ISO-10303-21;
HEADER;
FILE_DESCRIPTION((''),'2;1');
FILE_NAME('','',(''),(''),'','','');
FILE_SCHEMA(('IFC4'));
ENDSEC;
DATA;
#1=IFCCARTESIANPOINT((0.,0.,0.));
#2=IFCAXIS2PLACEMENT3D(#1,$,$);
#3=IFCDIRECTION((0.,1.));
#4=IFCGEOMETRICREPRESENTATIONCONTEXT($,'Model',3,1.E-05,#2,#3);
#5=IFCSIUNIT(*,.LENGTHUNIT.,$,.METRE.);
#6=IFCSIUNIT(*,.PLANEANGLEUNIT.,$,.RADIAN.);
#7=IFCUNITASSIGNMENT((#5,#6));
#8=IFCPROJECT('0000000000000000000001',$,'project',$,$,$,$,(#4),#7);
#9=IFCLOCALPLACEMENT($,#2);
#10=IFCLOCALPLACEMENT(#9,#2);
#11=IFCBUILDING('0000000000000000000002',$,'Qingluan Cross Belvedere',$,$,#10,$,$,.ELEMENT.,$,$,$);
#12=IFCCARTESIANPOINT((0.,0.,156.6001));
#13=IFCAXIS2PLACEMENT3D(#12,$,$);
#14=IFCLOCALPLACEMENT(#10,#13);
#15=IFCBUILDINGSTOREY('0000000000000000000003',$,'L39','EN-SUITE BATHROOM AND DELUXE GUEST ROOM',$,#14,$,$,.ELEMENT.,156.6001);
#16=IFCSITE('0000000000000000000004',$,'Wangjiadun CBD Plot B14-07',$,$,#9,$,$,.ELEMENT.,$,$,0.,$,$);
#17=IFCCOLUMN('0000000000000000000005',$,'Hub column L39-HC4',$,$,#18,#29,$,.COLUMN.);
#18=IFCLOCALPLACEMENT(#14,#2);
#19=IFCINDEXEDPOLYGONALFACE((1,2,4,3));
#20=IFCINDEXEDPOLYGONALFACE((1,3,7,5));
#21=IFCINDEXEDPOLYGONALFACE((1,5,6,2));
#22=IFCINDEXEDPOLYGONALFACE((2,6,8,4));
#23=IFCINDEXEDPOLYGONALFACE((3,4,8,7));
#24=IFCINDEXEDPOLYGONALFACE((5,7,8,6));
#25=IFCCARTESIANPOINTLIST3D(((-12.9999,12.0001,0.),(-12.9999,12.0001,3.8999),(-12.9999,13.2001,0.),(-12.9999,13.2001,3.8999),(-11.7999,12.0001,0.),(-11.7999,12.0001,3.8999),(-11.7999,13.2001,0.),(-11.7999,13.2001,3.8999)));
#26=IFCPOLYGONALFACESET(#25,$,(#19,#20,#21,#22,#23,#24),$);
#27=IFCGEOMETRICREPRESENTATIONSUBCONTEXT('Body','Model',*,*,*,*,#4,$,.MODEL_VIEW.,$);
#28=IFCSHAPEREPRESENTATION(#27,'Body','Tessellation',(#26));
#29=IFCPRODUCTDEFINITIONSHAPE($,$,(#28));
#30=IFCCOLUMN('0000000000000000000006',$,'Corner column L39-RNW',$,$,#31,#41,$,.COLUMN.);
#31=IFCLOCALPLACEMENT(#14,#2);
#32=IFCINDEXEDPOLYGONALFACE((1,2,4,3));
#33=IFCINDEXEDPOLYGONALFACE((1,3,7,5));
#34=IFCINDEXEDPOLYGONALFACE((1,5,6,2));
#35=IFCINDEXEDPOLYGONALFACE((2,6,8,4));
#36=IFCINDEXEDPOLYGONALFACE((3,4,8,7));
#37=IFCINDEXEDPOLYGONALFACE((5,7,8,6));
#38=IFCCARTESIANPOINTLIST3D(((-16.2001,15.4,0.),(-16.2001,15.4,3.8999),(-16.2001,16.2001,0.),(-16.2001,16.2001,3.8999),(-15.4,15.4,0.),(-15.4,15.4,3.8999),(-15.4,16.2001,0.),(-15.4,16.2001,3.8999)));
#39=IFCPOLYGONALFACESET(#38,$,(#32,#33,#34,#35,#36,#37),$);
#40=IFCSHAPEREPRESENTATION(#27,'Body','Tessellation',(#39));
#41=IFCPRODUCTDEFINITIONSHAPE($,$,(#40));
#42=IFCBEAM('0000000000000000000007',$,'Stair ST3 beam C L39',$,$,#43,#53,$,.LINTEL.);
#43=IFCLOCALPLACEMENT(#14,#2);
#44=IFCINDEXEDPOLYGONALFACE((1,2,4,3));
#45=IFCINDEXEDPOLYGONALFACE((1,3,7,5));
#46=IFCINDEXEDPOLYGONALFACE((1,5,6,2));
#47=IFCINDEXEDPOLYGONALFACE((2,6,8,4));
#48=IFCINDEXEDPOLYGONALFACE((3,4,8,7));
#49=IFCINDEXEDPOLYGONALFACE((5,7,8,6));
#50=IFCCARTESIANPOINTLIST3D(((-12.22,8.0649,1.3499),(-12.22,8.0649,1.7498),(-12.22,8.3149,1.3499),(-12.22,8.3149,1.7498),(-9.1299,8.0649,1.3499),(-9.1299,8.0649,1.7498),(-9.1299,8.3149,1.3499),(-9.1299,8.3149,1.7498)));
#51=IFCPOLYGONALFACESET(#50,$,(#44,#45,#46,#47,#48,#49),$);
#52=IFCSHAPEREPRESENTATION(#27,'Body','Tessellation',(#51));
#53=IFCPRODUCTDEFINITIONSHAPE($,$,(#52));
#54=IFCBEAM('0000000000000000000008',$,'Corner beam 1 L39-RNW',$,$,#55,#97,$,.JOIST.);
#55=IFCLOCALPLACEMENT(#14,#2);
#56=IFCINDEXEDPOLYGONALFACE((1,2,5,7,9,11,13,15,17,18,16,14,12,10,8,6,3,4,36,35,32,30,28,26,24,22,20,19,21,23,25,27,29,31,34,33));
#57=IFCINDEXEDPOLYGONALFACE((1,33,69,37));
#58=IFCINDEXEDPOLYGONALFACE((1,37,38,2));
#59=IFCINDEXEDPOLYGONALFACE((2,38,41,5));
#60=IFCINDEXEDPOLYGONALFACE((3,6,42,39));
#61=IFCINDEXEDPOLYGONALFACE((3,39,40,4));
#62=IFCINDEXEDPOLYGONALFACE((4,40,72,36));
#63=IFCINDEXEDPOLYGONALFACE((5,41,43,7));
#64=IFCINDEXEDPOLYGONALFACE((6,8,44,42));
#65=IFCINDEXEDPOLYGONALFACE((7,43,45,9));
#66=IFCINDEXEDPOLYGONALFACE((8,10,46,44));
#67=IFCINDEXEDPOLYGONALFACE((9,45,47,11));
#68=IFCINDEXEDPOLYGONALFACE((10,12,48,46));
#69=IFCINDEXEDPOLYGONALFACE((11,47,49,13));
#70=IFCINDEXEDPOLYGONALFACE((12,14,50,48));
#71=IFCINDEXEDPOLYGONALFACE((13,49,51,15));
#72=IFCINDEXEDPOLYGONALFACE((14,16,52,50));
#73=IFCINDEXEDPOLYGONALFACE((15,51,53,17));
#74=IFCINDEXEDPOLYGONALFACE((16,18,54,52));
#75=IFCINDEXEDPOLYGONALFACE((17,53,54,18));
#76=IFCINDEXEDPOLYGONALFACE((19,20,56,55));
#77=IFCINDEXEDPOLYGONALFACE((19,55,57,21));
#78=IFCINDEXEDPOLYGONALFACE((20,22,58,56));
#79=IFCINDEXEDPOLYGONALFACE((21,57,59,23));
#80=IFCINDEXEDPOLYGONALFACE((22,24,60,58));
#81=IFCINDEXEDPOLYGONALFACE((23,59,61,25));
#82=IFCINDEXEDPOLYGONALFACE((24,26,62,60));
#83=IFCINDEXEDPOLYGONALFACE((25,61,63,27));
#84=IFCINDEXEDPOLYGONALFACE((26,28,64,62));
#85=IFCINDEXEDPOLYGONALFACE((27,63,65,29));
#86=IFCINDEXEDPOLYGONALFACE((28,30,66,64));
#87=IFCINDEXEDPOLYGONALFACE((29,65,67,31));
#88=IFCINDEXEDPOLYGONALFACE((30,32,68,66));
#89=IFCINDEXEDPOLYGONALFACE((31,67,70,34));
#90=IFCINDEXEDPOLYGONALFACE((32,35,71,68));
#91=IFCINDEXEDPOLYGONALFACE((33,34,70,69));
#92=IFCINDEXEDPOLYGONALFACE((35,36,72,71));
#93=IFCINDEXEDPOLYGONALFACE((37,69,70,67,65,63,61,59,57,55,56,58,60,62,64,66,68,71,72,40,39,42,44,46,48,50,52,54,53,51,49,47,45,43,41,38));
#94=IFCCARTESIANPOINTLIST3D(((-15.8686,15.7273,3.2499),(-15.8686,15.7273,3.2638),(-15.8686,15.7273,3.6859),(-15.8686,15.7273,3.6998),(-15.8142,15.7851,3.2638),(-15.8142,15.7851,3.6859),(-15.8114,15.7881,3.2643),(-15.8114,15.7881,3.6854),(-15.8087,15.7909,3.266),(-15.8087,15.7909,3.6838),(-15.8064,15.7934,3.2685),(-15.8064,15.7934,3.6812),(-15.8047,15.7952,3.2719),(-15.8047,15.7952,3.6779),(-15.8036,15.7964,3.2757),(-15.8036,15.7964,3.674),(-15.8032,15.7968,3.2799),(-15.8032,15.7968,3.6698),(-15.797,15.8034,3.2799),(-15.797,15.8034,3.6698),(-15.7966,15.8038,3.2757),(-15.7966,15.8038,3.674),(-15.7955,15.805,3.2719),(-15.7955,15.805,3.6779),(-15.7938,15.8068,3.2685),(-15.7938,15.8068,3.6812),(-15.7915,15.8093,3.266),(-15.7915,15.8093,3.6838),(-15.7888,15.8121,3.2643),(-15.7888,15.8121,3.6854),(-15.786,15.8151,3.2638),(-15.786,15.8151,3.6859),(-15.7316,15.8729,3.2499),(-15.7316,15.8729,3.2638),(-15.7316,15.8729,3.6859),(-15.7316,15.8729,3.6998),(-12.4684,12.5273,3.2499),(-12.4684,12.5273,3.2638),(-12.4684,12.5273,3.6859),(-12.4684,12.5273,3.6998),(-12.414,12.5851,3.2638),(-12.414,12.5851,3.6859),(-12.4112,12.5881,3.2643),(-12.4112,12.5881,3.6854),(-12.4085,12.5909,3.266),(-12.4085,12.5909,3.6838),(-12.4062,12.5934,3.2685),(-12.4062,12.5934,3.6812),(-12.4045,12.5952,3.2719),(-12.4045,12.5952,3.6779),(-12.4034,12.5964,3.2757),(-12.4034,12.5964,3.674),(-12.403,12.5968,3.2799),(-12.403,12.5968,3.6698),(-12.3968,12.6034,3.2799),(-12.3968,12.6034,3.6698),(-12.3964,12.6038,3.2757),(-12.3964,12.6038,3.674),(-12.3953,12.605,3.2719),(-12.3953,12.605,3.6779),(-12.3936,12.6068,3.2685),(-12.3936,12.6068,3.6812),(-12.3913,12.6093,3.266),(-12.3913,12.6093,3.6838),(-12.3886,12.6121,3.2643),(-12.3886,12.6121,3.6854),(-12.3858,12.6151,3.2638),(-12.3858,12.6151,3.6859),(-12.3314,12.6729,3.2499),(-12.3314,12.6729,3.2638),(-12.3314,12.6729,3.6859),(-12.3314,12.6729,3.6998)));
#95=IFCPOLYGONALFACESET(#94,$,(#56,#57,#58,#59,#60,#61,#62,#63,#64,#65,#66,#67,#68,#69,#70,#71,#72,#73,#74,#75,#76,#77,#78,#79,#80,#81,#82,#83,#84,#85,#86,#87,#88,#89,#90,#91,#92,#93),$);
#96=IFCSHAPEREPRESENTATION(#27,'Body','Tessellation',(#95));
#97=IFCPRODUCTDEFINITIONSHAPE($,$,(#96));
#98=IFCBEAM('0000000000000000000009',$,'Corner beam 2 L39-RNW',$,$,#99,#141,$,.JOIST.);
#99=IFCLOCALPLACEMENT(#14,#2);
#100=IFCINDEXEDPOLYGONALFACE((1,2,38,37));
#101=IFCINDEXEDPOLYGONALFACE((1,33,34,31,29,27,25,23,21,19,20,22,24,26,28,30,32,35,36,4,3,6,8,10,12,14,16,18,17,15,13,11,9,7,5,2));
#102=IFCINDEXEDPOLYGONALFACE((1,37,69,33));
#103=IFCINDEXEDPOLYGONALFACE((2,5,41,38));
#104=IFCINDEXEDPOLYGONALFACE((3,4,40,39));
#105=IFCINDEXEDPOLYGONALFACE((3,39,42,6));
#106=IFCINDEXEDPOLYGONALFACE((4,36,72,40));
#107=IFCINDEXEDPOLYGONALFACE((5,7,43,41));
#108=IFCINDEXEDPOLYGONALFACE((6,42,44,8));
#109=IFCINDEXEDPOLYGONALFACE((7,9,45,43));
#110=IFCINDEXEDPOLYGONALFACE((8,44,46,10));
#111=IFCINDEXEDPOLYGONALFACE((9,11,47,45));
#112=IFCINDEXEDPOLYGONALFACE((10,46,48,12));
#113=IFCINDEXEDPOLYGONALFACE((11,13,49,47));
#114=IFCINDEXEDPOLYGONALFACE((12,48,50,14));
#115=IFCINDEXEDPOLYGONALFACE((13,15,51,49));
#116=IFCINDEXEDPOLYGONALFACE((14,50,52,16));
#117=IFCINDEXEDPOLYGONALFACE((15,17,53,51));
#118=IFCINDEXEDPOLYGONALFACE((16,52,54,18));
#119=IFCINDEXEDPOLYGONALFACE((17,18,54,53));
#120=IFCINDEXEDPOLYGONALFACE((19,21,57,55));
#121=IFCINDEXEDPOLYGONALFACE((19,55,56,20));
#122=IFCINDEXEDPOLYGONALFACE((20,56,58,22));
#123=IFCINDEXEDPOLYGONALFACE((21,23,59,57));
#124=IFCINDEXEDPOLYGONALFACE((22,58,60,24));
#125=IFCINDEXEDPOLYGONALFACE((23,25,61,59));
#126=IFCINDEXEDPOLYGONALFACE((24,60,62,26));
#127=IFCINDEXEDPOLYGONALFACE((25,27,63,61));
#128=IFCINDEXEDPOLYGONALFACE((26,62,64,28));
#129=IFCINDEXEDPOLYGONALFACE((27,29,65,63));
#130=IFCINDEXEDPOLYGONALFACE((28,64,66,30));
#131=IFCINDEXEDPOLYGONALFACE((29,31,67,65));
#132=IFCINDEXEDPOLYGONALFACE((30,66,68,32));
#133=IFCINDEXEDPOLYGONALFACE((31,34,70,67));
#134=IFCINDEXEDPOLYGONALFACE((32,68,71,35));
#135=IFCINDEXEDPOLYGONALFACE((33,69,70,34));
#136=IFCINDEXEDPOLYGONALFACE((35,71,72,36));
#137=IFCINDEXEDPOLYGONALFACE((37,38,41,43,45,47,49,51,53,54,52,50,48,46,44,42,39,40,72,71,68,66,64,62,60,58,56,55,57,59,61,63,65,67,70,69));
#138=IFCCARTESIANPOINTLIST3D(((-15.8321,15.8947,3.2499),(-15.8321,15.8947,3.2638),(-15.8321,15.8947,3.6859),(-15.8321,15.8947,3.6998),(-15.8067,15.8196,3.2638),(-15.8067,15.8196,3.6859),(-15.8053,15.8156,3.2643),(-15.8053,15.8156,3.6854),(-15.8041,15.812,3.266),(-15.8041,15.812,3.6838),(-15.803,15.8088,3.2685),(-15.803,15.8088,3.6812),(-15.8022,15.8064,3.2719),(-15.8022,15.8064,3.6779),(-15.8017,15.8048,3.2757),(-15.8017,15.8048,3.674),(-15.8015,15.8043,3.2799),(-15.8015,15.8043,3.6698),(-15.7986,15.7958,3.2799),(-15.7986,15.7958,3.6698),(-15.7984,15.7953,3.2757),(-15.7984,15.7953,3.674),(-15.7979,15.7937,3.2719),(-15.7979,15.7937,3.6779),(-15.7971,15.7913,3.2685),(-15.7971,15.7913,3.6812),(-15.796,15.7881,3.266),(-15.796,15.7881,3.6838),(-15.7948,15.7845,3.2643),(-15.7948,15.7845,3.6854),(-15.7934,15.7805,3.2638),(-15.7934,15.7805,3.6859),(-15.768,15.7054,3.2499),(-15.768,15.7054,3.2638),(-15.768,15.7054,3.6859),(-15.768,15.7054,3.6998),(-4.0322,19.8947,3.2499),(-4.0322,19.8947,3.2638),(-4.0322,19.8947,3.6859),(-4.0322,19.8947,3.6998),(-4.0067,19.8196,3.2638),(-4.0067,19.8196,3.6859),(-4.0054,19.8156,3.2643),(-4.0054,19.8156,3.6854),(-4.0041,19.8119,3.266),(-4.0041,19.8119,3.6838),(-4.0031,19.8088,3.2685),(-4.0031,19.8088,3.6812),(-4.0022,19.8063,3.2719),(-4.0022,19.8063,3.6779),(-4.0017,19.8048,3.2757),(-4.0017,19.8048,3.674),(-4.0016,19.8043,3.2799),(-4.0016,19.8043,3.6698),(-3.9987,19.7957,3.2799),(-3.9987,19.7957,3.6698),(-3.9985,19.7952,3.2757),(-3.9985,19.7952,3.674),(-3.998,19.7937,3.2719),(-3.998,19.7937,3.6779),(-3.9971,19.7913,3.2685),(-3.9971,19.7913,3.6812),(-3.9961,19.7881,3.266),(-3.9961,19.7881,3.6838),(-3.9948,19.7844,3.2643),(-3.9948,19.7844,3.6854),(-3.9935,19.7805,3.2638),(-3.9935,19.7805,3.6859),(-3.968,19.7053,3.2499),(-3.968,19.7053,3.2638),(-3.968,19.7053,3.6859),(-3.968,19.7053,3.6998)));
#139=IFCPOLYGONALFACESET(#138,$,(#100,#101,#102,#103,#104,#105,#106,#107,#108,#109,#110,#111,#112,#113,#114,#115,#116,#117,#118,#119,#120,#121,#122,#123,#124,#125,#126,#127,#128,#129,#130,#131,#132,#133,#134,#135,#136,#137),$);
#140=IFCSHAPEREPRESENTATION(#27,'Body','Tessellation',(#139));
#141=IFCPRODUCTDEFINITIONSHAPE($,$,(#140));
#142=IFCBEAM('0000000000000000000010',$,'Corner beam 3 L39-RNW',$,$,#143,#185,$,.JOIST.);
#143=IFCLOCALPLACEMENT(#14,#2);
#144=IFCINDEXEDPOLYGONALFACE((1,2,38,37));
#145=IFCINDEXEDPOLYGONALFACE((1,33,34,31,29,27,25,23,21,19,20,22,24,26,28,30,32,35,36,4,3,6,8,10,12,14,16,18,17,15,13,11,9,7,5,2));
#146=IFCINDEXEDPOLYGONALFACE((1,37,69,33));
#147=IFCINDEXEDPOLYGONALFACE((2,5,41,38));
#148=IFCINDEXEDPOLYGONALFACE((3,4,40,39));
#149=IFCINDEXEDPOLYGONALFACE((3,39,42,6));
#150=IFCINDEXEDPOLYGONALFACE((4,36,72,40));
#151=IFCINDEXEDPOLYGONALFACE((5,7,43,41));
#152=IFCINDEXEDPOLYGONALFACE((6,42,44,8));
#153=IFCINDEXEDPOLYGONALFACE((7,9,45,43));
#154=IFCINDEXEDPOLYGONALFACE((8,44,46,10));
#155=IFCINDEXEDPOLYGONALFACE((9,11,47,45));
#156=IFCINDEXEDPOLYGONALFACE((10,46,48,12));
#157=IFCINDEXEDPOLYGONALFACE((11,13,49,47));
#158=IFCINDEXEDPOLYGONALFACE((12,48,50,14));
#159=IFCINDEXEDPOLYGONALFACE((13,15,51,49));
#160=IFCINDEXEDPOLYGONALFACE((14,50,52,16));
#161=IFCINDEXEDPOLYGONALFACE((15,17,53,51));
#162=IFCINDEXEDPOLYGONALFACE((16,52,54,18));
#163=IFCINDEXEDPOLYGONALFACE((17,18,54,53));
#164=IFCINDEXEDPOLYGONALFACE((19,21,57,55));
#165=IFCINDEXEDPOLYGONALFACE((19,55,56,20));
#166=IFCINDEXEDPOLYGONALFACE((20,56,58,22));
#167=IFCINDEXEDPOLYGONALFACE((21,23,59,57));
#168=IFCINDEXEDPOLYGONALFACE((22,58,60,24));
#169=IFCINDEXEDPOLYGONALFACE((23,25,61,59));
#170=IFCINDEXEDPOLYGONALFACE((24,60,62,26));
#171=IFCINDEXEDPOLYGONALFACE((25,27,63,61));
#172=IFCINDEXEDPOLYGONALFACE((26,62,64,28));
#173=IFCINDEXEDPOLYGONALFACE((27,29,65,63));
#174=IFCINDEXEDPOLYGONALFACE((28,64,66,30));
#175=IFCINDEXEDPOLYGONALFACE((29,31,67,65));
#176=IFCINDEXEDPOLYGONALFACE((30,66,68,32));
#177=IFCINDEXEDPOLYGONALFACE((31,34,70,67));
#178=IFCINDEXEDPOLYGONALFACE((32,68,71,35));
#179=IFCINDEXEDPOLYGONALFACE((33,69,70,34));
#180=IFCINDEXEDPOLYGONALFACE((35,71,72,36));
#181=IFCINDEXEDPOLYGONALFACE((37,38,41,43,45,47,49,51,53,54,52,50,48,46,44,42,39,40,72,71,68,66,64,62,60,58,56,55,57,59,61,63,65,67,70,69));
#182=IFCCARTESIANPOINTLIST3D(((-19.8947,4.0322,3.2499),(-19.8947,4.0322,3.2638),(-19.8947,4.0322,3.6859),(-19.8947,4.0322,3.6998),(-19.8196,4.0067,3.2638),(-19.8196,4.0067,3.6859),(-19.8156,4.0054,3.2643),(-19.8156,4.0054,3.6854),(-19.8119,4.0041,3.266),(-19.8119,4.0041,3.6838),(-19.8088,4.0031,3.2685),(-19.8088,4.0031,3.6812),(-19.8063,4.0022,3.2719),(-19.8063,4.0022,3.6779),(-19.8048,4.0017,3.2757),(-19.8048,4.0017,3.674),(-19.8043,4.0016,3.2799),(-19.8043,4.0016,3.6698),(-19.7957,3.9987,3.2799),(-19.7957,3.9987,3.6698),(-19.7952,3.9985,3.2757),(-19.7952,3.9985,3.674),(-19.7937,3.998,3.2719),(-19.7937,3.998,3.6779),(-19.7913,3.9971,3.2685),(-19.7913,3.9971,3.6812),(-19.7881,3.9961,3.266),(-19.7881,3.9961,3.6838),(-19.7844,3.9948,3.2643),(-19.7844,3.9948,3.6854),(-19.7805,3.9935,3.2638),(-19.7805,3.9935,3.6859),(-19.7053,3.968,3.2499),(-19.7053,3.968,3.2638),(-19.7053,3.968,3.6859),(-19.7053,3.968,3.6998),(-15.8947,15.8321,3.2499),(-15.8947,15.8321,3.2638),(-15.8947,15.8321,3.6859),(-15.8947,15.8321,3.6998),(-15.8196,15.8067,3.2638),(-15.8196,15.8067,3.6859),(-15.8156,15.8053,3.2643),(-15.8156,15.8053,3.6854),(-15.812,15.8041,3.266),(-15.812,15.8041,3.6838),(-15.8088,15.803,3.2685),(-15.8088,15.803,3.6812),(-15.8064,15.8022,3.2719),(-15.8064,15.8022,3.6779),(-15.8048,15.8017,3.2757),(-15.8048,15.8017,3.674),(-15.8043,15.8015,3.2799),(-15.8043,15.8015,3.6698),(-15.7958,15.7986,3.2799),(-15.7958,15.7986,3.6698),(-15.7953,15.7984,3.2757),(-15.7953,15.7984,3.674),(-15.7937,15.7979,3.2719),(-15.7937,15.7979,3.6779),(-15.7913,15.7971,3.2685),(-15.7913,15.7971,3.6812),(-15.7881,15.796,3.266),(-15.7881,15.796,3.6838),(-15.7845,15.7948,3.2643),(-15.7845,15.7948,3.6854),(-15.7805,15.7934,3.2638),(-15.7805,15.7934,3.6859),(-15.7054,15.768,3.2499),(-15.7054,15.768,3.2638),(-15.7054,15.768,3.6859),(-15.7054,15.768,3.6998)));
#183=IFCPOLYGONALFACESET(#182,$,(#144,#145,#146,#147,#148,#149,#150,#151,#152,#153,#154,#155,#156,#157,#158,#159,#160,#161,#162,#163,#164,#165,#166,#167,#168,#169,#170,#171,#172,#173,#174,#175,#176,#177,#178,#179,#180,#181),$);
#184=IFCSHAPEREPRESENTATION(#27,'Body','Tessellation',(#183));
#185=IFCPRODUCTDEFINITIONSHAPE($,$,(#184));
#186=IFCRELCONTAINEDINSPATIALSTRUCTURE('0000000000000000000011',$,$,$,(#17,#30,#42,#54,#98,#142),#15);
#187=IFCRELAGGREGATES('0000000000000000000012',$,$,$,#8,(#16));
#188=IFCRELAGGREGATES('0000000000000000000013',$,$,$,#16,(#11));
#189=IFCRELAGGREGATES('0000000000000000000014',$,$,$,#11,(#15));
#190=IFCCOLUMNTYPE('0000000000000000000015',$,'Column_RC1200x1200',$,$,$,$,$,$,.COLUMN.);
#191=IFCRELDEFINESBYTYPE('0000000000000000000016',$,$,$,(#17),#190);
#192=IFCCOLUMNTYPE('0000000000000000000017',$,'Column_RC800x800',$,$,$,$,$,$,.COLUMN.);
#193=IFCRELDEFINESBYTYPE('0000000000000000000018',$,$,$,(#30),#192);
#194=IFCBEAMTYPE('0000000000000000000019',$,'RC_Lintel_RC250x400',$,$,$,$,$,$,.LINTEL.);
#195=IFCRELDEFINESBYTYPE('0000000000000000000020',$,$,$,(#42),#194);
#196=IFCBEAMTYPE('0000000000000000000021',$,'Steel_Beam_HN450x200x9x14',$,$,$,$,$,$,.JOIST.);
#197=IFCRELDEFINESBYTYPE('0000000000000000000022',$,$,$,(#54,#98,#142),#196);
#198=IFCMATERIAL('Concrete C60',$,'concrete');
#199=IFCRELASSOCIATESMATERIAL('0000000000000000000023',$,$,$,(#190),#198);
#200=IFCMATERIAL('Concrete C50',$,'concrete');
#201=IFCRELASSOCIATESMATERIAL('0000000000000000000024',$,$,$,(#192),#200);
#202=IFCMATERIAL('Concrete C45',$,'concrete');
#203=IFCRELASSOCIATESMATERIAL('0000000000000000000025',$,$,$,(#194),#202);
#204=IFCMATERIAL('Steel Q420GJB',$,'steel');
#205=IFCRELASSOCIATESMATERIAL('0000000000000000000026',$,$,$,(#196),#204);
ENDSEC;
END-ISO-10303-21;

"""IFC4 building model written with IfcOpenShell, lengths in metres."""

from ifc_helpers import new_model, si_unit, direction, frame, origin, origin_2d, place, context, subcontext, project, spatial, rectangle, i_section, extrude, material, material_profile, profile_set, type_object, element, save


model = new_model("IFC4")

# Units and contexts
model_context = context("Model", 3, precision=1e-05, world=origin(), true_north=direction((0.0, 1.0)))
body_context = subcontext(model_context, "Body", "Model", "MODEL_VIEW")
ifc_project = project(units=[si_unit("LENGTHUNIT", "METRE"), si_unit("PLANEANGLEUNIT", "RADIAN")], contexts=[model_context])

# Site, building, storey
site_placement = place(None, origin())
site = spatial("IfcSite", under=ifc_project, at=site_placement, Name="Wangjiadun CBD Plot B14-07", CompositionType="ELEMENT", RefElevation=0.0)
building_placement = place(site_placement, origin())
building = spatial("IfcBuilding", under=site, at=building_placement, Name="Qingluan Cross Belvedere", CompositionType="ELEMENT")
storey_placement = place(building_placement, frame((0.0, 0.0, 156.6001)))
storey = spatial("IfcBuildingStorey", under=building, at=storey_placement, Name="L39", Description="EN-SUITE BATHROOM AND DELUXE GUEST ROOM", CompositionType="ELEMENT", Elevation=156.6001)

# Columns
ifc_material_1 = material(Name="Concrete C60", Category="concrete")
ifc_material_profile_1 = material_profile(ifc_material_1, rectangle(XDim=1.2, YDim=1.2, at=origin_2d()), Name="RC1200x1200")
ifc_profile_set_1 = profile_set([ifc_material_profile_1], Name="Concrete C60")
column_type_1 = type_object("IfcColumnType", Name="Column_RC1200x1200", PredefinedType="COLUMN", material=ifc_profile_set_1)
column_1_placement = place(storey_placement, frame((-12.3999, 12.6001, 0.0), z_axis=(0.0, 0.0, 1.0), x_axis=(1.0, 0.0, 0.0)))
element("IfcColumn", 1, at=column_1_placement, inside=storey, type_object=column_type_1, Name="Hub column L39-HC4", PredefinedType="COLUMN", context=body_context, shape_type="SweptSolid", body=[
    extrude(rectangle(XDim=1.2, YDim=1.2, at=origin_2d()), origin(), (0.0, 0.0, 1.0), 3.8999),
])
ifc_material_2 = material(Name="Concrete C50", Category="concrete")
ifc_material_profile_2 = material_profile(ifc_material_2, rectangle(XDim=0.8, YDim=0.8, at=origin_2d()), Name="RC800x800")
ifc_profile_set_2 = profile_set([ifc_material_profile_2], Name="Concrete C50")
column_type_2 = type_object("IfcColumnType", Name="Column_RC800x800", PredefinedType="COLUMN", material=ifc_profile_set_2)
column_2_placement = place(storey_placement, frame((-15.8, 15.8, 0.0), z_axis=(0.0, 0.0, 1.0), x_axis=(1.0, 0.0, 0.0)))
element("IfcColumn", 2, at=column_2_placement, inside=storey, type_object=column_type_2, Name="Corner column L39-RNW", PredefinedType="COLUMN", context=body_context, shape_type="SweptSolid", body=[
    extrude(rectangle(XDim=0.8, YDim=0.8, at=origin_2d()), origin(), (0.0, 0.0, 1.0), 3.8999),
])

# Beams
ifc_material_3 = material(Name="Concrete C45", Category="concrete")
ifc_material_profile_3 = material_profile(ifc_material_3, rectangle(XDim=0.25, YDim=0.3999, at=origin_2d()), Name="RC250x400")
ifc_profile_set_3 = profile_set([ifc_material_profile_3], Name="Concrete C45")
beam_type_1 = type_object("IfcBeamType", Name="RC_Lintel_RC250x400", PredefinedType="LINTEL", material=ifc_profile_set_3)
beam_1_placement = place(storey_placement, frame((-12.22, 8.1899, 1.5498), z_axis=(1.0, 0.0, 0.0), x_axis=(0.0, 1.0, 0.0)))
element("IfcBeam", 3, at=beam_1_placement, inside=storey, type_object=beam_type_1, Name="Stair ST3 beam C L39", PredefinedType="LINTEL", context=body_context, shape_type="SweptSolid", body=[
    extrude(rectangle(XDim=0.25, YDim=0.3999, at=origin_2d()), origin(), (0.0, 0.0, 1.0), 3.0901),
])
ifc_material_4 = material(Name="Steel Q420GJB", Category="steel")
ifc_material_profile_4 = material_profile(ifc_material_4, i_section(OverallWidth=0.2, OverallDepth=0.45, WebThickness=0.009, FlangeThickness=0.0139, FilletRadius=0.0161, at=origin_2d()), Name="HN450x200x9x14")
ifc_profile_set_4 = profile_set([ifc_material_profile_4], Name="Steel Q420GJB")
beam_type_2 = type_object("IfcBeamType", Name="Steel_Beam_HN450x200x9x14", PredefinedType="JOIST", material=ifc_profile_set_4)
beam_2_placement = place(storey_placement, frame((-12.3999, 12.6001, 3.4749), z_axis=(-0.72822, 0.685343, 0.0), x_axis=(-0.685343, -0.72822, 0.0)))
element("IfcBeam", 4, at=beam_2_placement, inside=storey, type_object=beam_type_2, Name="Corner beam 1 L39-RNW", PredefinedType="JOIST", context=body_context, shape_type="SweptSolid", body=[
    extrude(i_section(OverallWidth=0.2, OverallDepth=0.45, WebThickness=0.009, FlangeThickness=0.0139, FilletRadius=0.0161, at=origin_2d()), origin(), (0.0, 0.0, 1.0), 4.6692),
])
for number, where, z_axis, x_axis, name in (
    (5, (-15.8, 15.8, 3.4749), (0.947066, 0.321038, 0.0), (-0.321038, 0.947066, 0.0), "Corner beam 2 L39-RNW"),
    (6, (-15.8, 15.8, 3.4749), (-0.321038, -0.947066, 0.0), (0.947066, -0.321038, 0.0), "Corner beam 3 L39-RNW"),
):
    element("IfcBeam", number, at=place(storey_placement, frame(where, z_axis=z_axis, x_axis=x_axis)), inside=storey, type_object=beam_type_2, Name=name, PredefinedType="JOIST", context=body_context, shape_type="SweptSolid", body=[
        extrude(i_section(OverallWidth=0.2, OverallDepth=0.45, WebThickness=0.009, FlangeThickness=0.0139, FilletRadius=0.0161, at=origin_2d()), origin(), (0.0, 0.0, 1.0), 12.4595),
    ])

save(model, "model.ifc")
